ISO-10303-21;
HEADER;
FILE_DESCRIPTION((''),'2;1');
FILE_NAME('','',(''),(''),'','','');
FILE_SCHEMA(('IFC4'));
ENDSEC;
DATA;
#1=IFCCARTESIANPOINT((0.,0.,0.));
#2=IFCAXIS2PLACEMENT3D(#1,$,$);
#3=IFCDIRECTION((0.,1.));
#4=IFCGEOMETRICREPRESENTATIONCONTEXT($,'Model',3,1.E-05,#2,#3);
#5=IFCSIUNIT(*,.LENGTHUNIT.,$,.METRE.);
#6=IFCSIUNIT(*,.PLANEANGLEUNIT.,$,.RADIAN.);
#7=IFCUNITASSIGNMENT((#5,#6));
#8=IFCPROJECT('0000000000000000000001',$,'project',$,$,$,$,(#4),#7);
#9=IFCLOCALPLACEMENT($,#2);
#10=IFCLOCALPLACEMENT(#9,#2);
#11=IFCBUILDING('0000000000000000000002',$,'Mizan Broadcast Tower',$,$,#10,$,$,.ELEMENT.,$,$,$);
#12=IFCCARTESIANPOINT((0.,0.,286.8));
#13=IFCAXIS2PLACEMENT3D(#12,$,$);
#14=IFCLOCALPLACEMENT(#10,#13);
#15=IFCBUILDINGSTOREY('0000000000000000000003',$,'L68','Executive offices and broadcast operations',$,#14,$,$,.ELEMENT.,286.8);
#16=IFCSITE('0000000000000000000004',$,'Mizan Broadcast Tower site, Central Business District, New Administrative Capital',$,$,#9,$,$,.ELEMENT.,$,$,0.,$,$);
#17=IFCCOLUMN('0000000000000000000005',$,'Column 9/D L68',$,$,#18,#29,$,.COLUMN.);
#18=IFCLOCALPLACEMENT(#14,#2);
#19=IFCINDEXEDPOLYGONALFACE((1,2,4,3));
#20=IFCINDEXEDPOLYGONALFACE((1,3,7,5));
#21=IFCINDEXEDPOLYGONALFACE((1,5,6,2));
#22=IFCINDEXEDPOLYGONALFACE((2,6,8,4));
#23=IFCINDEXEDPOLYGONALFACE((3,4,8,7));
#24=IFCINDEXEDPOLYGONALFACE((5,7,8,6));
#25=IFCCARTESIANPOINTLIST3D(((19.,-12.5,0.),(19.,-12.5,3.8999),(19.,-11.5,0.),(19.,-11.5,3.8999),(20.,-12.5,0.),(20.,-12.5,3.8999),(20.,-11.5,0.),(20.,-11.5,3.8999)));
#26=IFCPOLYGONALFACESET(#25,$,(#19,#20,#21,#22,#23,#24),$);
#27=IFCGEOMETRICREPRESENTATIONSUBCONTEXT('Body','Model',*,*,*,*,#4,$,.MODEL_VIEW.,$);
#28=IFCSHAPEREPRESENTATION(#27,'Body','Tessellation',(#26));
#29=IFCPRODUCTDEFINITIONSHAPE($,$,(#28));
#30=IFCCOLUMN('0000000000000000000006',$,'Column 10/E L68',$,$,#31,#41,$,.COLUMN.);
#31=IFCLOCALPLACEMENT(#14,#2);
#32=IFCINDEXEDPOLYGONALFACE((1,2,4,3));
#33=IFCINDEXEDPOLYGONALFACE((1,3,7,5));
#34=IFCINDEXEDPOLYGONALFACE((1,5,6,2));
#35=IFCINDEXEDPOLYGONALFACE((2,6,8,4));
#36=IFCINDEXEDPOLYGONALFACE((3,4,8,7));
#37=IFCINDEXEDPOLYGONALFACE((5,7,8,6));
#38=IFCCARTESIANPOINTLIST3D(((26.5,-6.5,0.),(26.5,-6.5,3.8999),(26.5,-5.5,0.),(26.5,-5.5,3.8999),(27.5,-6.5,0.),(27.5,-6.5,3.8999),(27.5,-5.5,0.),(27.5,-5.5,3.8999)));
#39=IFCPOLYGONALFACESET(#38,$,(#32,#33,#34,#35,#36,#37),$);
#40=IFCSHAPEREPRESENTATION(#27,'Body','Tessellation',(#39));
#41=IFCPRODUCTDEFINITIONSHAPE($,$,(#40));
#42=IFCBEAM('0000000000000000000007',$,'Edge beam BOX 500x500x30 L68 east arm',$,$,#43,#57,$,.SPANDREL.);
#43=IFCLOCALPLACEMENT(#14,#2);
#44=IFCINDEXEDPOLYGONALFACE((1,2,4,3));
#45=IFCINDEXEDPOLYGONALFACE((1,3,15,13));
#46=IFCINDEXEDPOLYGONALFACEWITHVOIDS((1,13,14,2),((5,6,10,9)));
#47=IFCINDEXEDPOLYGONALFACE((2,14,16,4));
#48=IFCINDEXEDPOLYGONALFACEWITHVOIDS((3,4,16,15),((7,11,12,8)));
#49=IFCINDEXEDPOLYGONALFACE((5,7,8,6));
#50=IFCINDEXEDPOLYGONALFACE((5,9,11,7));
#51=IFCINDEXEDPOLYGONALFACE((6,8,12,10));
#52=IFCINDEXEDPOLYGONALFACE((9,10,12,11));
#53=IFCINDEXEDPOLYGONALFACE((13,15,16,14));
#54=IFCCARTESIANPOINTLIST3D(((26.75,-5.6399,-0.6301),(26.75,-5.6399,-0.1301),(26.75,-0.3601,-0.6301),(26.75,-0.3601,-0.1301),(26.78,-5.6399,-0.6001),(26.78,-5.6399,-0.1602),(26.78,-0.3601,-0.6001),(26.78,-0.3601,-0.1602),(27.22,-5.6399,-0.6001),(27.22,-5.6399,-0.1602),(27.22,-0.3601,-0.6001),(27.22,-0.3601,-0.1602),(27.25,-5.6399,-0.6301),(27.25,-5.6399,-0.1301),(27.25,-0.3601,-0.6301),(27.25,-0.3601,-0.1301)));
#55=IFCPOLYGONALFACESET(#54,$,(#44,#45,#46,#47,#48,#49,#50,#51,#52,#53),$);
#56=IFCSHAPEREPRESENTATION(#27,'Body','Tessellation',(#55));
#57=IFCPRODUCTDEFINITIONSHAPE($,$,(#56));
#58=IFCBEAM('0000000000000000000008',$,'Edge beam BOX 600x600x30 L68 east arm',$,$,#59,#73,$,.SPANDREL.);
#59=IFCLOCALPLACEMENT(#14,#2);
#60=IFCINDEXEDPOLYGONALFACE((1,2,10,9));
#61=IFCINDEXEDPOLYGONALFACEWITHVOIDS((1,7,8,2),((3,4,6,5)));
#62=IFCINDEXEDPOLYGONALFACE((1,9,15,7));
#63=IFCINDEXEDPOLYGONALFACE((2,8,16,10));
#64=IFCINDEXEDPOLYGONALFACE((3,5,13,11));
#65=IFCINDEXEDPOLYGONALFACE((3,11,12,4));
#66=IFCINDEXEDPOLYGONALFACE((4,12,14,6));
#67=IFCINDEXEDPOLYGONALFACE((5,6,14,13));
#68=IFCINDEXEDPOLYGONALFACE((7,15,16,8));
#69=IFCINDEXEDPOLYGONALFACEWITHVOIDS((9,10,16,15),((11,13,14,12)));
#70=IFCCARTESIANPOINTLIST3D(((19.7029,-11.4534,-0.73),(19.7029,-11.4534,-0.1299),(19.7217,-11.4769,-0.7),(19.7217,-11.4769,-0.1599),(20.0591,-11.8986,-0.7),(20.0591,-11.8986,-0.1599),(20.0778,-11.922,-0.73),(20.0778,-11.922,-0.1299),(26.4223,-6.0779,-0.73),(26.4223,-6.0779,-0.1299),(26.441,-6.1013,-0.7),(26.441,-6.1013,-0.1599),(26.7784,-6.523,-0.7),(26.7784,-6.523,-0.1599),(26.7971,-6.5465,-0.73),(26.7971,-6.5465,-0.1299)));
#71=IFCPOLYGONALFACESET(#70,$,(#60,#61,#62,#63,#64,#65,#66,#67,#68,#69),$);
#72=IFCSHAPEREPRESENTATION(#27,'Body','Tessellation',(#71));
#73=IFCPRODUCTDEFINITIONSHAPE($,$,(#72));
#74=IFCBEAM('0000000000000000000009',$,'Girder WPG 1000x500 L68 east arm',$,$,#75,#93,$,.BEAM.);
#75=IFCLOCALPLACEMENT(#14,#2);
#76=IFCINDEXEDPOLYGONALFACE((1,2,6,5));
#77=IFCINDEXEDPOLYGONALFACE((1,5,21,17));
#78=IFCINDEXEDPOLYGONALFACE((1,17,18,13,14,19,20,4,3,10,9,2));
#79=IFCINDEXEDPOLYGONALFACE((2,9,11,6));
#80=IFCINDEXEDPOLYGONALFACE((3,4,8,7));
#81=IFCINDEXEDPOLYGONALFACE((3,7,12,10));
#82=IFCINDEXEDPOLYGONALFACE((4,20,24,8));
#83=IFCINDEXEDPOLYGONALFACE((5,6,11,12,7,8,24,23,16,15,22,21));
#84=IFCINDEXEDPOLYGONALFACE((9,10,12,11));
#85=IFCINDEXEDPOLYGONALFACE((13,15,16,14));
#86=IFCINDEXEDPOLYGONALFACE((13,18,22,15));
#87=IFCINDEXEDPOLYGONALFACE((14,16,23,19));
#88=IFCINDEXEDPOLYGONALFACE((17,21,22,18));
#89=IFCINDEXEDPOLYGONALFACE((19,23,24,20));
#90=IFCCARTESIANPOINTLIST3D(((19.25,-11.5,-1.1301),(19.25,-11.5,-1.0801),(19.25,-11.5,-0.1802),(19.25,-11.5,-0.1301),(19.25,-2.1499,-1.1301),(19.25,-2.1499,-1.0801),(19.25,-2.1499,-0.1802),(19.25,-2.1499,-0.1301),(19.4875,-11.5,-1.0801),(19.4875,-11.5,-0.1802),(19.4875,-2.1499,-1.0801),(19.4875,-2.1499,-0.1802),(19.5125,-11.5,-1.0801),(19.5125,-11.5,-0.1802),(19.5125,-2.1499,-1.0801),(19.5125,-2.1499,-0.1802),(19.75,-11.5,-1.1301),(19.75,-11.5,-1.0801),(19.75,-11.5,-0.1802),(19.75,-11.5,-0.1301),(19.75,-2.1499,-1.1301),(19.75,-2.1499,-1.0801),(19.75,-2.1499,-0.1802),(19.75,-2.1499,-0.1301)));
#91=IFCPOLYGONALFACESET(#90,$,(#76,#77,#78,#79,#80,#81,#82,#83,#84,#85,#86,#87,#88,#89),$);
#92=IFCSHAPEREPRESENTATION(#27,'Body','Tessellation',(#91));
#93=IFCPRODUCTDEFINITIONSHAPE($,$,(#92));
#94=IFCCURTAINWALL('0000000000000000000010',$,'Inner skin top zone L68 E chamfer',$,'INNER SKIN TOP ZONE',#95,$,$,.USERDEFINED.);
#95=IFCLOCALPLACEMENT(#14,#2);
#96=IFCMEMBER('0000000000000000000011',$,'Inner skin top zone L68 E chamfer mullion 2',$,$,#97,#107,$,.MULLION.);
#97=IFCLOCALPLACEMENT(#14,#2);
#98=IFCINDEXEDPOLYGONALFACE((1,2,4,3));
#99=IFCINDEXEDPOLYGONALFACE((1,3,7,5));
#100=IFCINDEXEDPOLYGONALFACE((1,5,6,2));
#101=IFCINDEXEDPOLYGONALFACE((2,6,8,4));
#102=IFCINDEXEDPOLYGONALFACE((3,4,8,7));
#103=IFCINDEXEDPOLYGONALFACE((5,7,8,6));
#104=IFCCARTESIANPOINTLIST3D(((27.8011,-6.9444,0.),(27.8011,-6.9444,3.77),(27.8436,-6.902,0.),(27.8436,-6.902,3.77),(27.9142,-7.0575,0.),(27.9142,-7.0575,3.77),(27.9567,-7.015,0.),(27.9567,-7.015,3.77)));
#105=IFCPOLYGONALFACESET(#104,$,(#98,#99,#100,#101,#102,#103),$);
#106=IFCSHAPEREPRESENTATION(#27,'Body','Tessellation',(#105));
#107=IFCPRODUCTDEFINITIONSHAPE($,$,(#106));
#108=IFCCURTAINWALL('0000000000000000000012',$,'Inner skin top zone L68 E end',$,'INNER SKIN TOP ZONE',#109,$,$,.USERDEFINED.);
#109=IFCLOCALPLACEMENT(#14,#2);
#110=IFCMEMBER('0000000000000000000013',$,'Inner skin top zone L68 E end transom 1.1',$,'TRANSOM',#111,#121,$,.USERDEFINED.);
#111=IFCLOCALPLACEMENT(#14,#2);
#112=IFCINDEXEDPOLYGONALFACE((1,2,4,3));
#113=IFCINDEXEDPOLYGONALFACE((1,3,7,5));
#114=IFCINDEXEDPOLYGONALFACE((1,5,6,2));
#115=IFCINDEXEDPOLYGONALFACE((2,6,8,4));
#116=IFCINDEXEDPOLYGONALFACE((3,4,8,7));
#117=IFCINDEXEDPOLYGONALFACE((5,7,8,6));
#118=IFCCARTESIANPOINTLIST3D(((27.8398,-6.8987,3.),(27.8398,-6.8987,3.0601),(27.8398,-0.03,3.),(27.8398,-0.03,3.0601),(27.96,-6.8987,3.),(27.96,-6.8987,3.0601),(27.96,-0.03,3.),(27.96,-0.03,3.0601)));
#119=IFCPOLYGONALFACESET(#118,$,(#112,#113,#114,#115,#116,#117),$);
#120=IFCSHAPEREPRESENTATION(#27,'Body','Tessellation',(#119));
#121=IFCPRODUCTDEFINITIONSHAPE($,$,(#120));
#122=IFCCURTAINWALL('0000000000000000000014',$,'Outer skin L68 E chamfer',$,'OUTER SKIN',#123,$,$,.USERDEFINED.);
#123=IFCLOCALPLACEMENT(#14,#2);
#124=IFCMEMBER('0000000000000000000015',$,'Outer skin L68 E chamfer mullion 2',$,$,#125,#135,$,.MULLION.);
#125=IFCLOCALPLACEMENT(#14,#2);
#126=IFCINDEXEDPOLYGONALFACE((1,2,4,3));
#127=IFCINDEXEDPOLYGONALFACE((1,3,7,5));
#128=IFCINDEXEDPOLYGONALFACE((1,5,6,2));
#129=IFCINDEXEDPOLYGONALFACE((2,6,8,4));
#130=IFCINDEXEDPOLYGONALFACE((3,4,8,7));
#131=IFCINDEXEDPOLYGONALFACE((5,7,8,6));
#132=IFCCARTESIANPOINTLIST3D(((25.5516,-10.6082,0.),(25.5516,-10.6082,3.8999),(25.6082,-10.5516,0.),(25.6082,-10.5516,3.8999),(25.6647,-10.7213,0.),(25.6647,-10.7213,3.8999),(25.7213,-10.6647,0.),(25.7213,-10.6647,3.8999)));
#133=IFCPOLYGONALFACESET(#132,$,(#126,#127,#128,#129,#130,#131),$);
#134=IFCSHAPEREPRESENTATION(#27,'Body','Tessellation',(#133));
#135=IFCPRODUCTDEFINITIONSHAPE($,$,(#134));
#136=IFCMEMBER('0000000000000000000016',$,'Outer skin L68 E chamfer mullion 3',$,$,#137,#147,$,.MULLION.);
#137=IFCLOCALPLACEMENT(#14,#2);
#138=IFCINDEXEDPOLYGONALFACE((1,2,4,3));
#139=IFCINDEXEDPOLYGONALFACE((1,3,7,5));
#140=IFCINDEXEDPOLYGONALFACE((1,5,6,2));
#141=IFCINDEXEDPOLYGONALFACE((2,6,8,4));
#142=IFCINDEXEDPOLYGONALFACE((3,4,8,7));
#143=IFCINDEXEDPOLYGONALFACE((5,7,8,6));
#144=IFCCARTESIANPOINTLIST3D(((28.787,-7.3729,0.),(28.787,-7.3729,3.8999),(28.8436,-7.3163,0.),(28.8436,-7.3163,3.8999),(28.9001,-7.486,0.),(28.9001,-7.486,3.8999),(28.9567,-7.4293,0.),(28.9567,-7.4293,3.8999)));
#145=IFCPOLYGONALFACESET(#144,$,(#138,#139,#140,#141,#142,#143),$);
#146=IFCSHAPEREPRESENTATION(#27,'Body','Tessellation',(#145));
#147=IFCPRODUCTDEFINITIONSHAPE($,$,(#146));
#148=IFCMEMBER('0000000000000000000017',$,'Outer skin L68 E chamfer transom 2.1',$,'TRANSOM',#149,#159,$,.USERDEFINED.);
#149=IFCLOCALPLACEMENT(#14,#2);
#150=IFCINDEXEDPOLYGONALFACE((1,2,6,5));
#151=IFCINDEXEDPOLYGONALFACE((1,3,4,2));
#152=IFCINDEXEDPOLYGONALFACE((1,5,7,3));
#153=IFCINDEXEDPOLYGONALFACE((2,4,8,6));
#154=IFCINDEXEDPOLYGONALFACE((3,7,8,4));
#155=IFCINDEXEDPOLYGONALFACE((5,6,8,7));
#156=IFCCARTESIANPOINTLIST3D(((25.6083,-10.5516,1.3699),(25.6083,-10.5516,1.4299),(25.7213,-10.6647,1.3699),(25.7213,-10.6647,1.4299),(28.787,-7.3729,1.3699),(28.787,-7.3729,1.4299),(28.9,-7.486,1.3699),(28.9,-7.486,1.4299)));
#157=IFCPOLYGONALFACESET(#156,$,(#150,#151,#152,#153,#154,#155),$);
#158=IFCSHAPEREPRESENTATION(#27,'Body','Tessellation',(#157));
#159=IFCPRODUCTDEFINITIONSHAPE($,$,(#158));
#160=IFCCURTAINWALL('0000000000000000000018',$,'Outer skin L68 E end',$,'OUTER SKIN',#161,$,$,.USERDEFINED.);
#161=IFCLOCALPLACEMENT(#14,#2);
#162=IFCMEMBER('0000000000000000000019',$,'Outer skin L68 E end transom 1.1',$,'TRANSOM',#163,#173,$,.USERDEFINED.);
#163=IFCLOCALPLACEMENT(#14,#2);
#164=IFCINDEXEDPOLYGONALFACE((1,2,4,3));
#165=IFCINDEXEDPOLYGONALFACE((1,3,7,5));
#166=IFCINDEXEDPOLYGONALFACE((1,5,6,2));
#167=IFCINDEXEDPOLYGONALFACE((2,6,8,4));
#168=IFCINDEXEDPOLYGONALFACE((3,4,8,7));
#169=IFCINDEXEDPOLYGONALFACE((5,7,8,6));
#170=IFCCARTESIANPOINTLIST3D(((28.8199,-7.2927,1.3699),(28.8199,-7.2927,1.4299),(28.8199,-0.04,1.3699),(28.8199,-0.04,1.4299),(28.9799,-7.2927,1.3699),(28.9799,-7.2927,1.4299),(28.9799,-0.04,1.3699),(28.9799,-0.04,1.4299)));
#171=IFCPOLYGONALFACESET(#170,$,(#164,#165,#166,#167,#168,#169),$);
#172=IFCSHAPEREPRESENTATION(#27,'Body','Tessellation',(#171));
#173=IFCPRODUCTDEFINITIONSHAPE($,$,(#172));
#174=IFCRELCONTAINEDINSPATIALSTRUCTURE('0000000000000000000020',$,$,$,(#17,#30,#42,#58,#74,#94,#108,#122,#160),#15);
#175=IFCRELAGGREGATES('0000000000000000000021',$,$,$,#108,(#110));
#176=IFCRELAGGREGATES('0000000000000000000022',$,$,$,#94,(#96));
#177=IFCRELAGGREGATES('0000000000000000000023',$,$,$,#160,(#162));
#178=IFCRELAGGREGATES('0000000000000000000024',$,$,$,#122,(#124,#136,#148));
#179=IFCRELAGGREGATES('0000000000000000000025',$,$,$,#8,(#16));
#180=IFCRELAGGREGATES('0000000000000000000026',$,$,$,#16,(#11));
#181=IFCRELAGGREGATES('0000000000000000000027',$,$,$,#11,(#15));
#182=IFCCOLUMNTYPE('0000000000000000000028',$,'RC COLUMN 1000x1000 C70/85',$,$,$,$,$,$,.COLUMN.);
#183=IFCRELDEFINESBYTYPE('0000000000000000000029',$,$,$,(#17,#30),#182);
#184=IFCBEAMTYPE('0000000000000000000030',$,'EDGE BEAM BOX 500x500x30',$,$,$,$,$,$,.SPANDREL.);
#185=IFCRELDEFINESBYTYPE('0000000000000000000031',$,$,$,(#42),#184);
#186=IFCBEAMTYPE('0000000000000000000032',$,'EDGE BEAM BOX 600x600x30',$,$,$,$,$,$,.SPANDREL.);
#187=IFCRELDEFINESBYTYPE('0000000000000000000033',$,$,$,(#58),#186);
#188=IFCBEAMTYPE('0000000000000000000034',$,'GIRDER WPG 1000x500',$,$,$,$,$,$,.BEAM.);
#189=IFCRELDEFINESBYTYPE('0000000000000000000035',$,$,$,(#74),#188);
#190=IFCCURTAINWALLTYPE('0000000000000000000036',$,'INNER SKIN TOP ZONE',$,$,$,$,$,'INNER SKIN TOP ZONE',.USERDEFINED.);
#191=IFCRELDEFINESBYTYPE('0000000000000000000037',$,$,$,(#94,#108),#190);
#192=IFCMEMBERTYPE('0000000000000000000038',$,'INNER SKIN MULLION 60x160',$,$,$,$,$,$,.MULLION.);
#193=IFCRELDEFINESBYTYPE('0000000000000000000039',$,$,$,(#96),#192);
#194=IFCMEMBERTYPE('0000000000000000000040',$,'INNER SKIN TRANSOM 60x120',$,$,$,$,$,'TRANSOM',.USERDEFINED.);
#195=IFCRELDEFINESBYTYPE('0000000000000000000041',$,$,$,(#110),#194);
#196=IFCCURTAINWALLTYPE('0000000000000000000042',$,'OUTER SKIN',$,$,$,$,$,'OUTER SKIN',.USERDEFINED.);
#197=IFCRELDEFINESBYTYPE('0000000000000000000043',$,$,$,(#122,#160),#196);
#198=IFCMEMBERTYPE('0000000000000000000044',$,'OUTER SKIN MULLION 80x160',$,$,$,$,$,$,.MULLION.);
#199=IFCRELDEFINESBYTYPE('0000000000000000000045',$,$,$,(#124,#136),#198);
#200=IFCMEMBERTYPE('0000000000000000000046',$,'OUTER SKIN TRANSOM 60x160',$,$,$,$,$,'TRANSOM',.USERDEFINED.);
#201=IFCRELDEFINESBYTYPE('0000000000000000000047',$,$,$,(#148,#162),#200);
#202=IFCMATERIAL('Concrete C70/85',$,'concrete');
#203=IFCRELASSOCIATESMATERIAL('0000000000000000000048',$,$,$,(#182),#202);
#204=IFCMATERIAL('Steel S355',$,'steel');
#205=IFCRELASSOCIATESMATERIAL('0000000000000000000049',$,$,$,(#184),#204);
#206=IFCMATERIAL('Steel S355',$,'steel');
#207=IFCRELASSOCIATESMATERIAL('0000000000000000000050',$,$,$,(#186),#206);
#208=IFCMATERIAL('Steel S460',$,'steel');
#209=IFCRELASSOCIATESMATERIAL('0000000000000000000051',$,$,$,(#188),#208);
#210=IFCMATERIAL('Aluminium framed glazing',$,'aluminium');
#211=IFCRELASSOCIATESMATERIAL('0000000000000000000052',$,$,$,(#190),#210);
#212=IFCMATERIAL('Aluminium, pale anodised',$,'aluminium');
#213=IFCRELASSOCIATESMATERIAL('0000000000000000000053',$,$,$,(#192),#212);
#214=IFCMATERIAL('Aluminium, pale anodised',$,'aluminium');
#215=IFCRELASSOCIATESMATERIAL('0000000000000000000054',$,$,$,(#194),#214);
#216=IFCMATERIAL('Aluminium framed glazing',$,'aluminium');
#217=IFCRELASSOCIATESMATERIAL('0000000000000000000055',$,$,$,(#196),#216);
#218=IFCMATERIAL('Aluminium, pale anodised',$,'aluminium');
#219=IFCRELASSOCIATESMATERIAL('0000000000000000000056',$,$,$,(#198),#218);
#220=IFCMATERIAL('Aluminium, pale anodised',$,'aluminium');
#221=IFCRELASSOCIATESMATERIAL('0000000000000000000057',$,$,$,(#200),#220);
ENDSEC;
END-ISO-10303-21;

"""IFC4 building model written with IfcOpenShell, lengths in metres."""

from ifc_helpers import new_model, si_unit, direction, frame, origin, origin_2d, place, context, subcontext, project, spatial, rectangle, hollow_rectangle, i_section, extrude, material, material_profile, profile_set, type_object, element, aggregate, save


model = new_model("IFC4")

# Units and contexts
model_context = context("Model", 3, precision=1e-05, world=origin(), true_north=direction((0.0, 1.0)))
body_context = subcontext(model_context, "Body", "Model", "MODEL_VIEW")
ifc_project = project(units=[si_unit("LENGTHUNIT", "METRE"), si_unit("PLANEANGLEUNIT", "RADIAN")], contexts=[model_context])

# Site, building, storey
site_placement = place(None, origin())
site = spatial("IfcSite", under=ifc_project, at=site_placement, Name="Mizan Broadcast Tower site, Central Business District, New Administrative Capital", CompositionType="ELEMENT", RefElevation=0.0)
building_placement = place(site_placement, origin())
building = spatial("IfcBuilding", under=site, at=building_placement, Name="Mizan Broadcast Tower", CompositionType="ELEMENT")
storey_placement = place(building_placement, frame((0.0, 0.0, 286.8)))
storey = spatial("IfcBuildingStorey", under=building, at=storey_placement, Name="L68", Description="Executive offices and broadcast operations", CompositionType="ELEMENT", Elevation=286.8)

# Columns
ifc_material_1 = material(Name="Concrete C70/85", Category="concrete")
ifc_material_profile_1 = material_profile(ifc_material_1, rectangle(XDim=1.0, YDim=1.0, at=origin_2d()), Name="RC 1000x1000")
ifc_profile_set_1 = profile_set([ifc_material_profile_1], Name="Concrete C70/85")
column_type = type_object("IfcColumnType", Name="RC COLUMN 1000x1000 C70/85", PredefinedType="COLUMN", material=ifc_profile_set_1)
for number, where, z_axis, x_axis, name in (
    (1, (19.5, -12.0, 0.0), (0.0, 0.0, 1.0), (1.0, 0.0, 0.0), "Column 9/D L68"),
    (2, (27.0, -6.0, 0.0), (0.0, 0.0, 1.0), (1.0, 0.0, 0.0), "Column 10/E L68"),
):
    element("IfcColumn", number, at=place(storey_placement, frame(where, z_axis=z_axis, x_axis=x_axis)), inside=storey, type_object=column_type, Name=name, PredefinedType="COLUMN", context=body_context, shape_type="SweptSolid", body=[
        extrude(rectangle(XDim=1.0, YDim=1.0, at=origin_2d()), origin(), (0.0, 0.0, 1.0), 3.8999),
    ])

# Beams
ifc_material_2 = material(Name="Steel S355", Category="steel")
ifc_material_profile_2 = material_profile(ifc_material_2, hollow_rectangle(XDim=0.5, YDim=0.5, WallThickness=0.03, at=origin_2d()), Name="BOX 500x500x30")
ifc_profile_set_2 = profile_set([ifc_material_profile_2], Name="Steel S355")
beam_type_1 = type_object("IfcBeamType", Name="EDGE BEAM BOX 500x500x30", PredefinedType="SPANDREL", material=ifc_profile_set_2)
beam_1_placement = place(storey_placement, frame((27.0, -5.6399, -0.3801), z_axis=(0.0, 1.0, 0.0), x_axis=(-1.0, 0.0, 0.0)))
element("IfcBeam", 3, at=beam_1_placement, inside=storey, type_object=beam_type_1, Name="Edge beam BOX 500x500x30 L68 east arm", PredefinedType="SPANDREL", context=body_context, shape_type="SweptSolid", body=[
    extrude(hollow_rectangle(XDim=0.5, YDim=0.5, WallThickness=0.03, at=origin_2d()), origin(), (0.0, 0.0, 1.0), 5.2798),
])
ifc_material_3 = material(Name="Steel S355", Category="steel")
ifc_material_profile_3 = material_profile(ifc_material_3, hollow_rectangle(XDim=0.6001, YDim=0.6001, WallThickness=0.03, at=origin_2d()), Name="BOX 600x600x30")
ifc_profile_set_3 = profile_set([ifc_material_profile_3], Name="Steel S355")
beam_type_2 = type_object("IfcBeamType", Name="EDGE BEAM BOX 600x600x30", PredefinedType="SPANDREL", material=ifc_profile_set_3)
beam_2_placement = place(storey_placement, frame((19.8904, -11.6877, -0.4299), z_axis=(0.780863, 0.624702, 0.0), x_axis=(-0.624702, 0.780863, 0.0)))
element("IfcBeam", 4, at=beam_2_placement, inside=storey, type_object=beam_type_2, Name="Edge beam BOX 600x600x30 L68 east arm", PredefinedType="SPANDREL", context=body_context, shape_type="SweptSolid", body=[
    extrude(hollow_rectangle(XDim=0.6001, YDim=0.6001, WallThickness=0.03, at=origin_2d()), origin(), (0.0, 0.0, 1.0), 8.605),
])
ifc_material_4 = material(Name="Steel S460", Category="steel")
ifc_material_profile_4 = material_profile(ifc_material_4, i_section(OverallWidth=0.5, OverallDepth=1.0, WebThickness=0.0249, FlangeThickness=0.05, at=origin_2d()), Name="WPG 1000x500")
ifc_profile_set_4 = profile_set([ifc_material_profile_4], Name="Steel S460")
beam_type_3 = type_object("IfcBeamType", Name="GIRDER WPG 1000x500", PredefinedType="BEAM", material=ifc_profile_set_4)
beam_3_placement = place(storey_placement, frame((19.5, -11.5, -0.6301), z_axis=(0.0, 1.0, 0.0), x_axis=(-1.0, 0.0, 0.0)))
element("IfcBeam", 5, at=beam_3_placement, inside=storey, type_object=beam_type_3, Name="Girder WPG 1000x500 L68 east arm", PredefinedType="BEAM", context=body_context, shape_type="SweptSolid", body=[
    extrude(i_section(OverallWidth=0.5, OverallDepth=1.0, WebThickness=0.0249, FlangeThickness=0.05, at=origin_2d()), origin(), (0.0, 0.0, 1.0), 9.3501),
])

# Curtain walls, members
ifc_material_5 = material(Name="Aluminium framed glazing", Category="aluminium")
curtain_wall_type_1 = type_object("IfcCurtainWallType", Name="INNER SKIN TOP ZONE", ElementType="INNER SKIN TOP ZONE", PredefinedType="USERDEFINED", material=ifc_material_5)
curtain_wall_1_placement = place(storey_placement, origin())
curtain_wall_1 = element("IfcCurtainWall", 6, at=curtain_wall_1_placement, inside=storey, type_object=curtain_wall_type_1, Name="Inner skin top zone L68 E chamfer", ObjectType="INNER SKIN TOP ZONE", PredefinedType="USERDEFINED")
ifc_material_6 = material(Name="Aluminium, pale anodised", Category="aluminium")
ifc_material_profile_5 = material_profile(ifc_material_6, rectangle(XDim=0.1599, YDim=0.0601, at=origin_2d()), Name="MULLION 160x60")
ifc_profile_set_5 = profile_set([ifc_material_profile_5], Name="Aluminium, pale anodised")
member_type_1 = type_object("IfcMemberType", Name="INNER SKIN MULLION 60x160", PredefinedType="MULLION", material=ifc_profile_set_5)
member_1_placement = place(storey_placement, frame((27.8789, -6.9797, 0.0), z_axis=(0.0, 0.0, 1.0), x_axis=(-0.707107, 0.707107, 0.0)))
member_1 = element("IfcMember", 7, at=member_1_placement, type_object=member_type_1, Name="Inner skin top zone L68 E chamfer mullion 2", PredefinedType="MULLION", context=body_context, shape_type="SweptSolid", body=[
    extrude(rectangle(XDim=0.1599, YDim=0.0601, at=origin_2d()), origin(), (0.0, 0.0, 1.0), 3.77),
])
curtain_wall_2_placement = place(storey_placement, origin())
curtain_wall_2 = element("IfcCurtainWall", 8, at=curtain_wall_2_placement, inside=storey, type_object=curtain_wall_type_1, Name="Inner skin top zone L68 E end", ObjectType="INNER SKIN TOP ZONE", PredefinedType="USERDEFINED")
ifc_material_7 = material(Name="Aluminium, pale anodised", Category="aluminium")
ifc_material_profile_6 = material_profile(ifc_material_7, rectangle(XDim=0.1201, YDim=0.0601, at=origin_2d()), Name="TRANSOM 120x60")
ifc_profile_set_6 = profile_set([ifc_material_profile_6], Name="Aluminium, pale anodised")
member_type_2 = type_object("IfcMemberType", Name="INNER SKIN TRANSOM 60x120", ElementType="TRANSOM", PredefinedType="USERDEFINED", material=ifc_profile_set_6)
member_2_placement = place(storey_placement, frame((27.8999, -6.8987, 3.03), z_axis=(0.0, 1.0, 0.0), x_axis=(-1.0, 0.0, 0.0)))
member_2 = element("IfcMember", 9, at=member_2_placement, type_object=member_type_2, Name="Inner skin top zone L68 E end transom 1.1", ObjectType="TRANSOM", PredefinedType="USERDEFINED", context=body_context, shape_type="SweptSolid", body=[
    extrude(rectangle(XDim=0.1201, YDim=0.0601, at=origin_2d()), origin(), (0.0, 0.0, 1.0), 6.8687),
])
aggregate(curtain_wall_2, [member_2])

# Curtain wall, members
ifc_material_8 = material(Name="Aluminium framed glazing", Category="aluminium")
curtain_wall_type_2 = type_object("IfcCurtainWallType", Name="OUTER SKIN", ElementType="OUTER SKIN", PredefinedType="USERDEFINED", material=ifc_material_8)
curtain_wall_3_placement = place(storey_placement, origin())
curtain_wall_3 = element("IfcCurtainWall", 10, at=curtain_wall_3_placement, inside=storey, type_object=curtain_wall_type_2, Name="Outer skin L68 E chamfer", ObjectType="OUTER SKIN", PredefinedType="USERDEFINED")
ifc_material_9 = material(Name="Aluminium, pale anodised", Category="aluminium")
ifc_material_profile_7 = material_profile(ifc_material_9, rectangle(XDim=0.1599, YDim=0.0801, at=origin_2d()), Name="MULLION 160x80")
ifc_profile_set_7 = profile_set([ifc_material_profile_7], Name="Aluminium, pale anodised")
member_type_3 = type_object("IfcMemberType", Name="OUTER SKIN MULLION 80x160", PredefinedType="MULLION", material=ifc_profile_set_7)
member_3_placement = place(storey_placement, frame((25.6365, -10.6365, 0.0), z_axis=(0.0, 0.0, 1.0), x_axis=(-0.707107, 0.707107, 0.0)))
member_3 = element("IfcMember", 11, at=member_3_placement, type_object=member_type_3, Name="Outer skin L68 E chamfer mullion 2", PredefinedType="MULLION", context=body_context, shape_type="SweptSolid", body=[
    extrude(rectangle(XDim=0.1599, YDim=0.0801, at=origin_2d()), origin(), (0.0, 0.0, 1.0), 3.8999),
])
member_4_placement = place(storey_placement, frame((28.8718, -7.4011, 0.0), z_axis=(0.0, 0.0, 1.0), x_axis=(-0.707107, 0.707107, 0.0)))
member_4 = element("IfcMember", 12, at=member_4_placement, type_object=member_type_3, Name="Outer skin L68 E chamfer mullion 3", PredefinedType="MULLION", context=body_context, shape_type="SweptSolid", body=[
    extrude(rectangle(XDim=0.1599, YDim=0.0801, at=origin_2d()), origin(), (0.0, 0.0, 1.0), 3.8999),
])
ifc_material_10 = material(Name="Aluminium, pale anodised", Category="aluminium")
ifc_material_profile_8 = material_profile(ifc_material_10, rectangle(XDim=0.1599, YDim=0.0601, at=origin_2d()), Name="TRANSOM 160x60")
ifc_profile_set_8 = profile_set([ifc_material_profile_8], Name="Aluminium, pale anodised")
member_type_4 = type_object("IfcMemberType", Name="OUTER SKIN TRANSOM 60x160", ElementType="TRANSOM", PredefinedType="USERDEFINED", material=ifc_profile_set_8)
member_5_placement = place(storey_placement, frame((25.6648, -10.6082, 1.3999), z_axis=(0.707107, 0.707107, 0.0), x_axis=(-0.707107, 0.707107, 0.0)))
member_5 = element("IfcMember", 13, at=member_5_placement, type_object=member_type_4, Name="Outer skin L68 E chamfer transom 2.1", ObjectType="TRANSOM", PredefinedType="USERDEFINED", context=body_context, shape_type="SweptSolid", body=[
    extrude(rectangle(XDim=0.1599, YDim=0.0601, at=origin_2d()), origin(), (0.0, 0.0, 1.0), 4.4954),
])

# Curtain wall, member
curtain_wall_4_placement = place(storey_placement, origin())
curtain_wall_4 = element("IfcCurtainWall", 14, at=curtain_wall_4_placement, inside=storey, type_object=curtain_wall_type_2, Name="Outer skin L68 E end", ObjectType="OUTER SKIN", PredefinedType="USERDEFINED")
member_6_placement = place(storey_placement, frame((28.8999, -7.2927, 1.3999), z_axis=(0.0, 1.0, 0.0), x_axis=(-1.0, 0.0, 0.0)))
member_6 = element("IfcMember", 15, at=member_6_placement, type_object=member_type_4, Name="Outer skin L68 E end transom 1.1", ObjectType="TRANSOM", PredefinedType="USERDEFINED", context=body_context, shape_type="SweptSolid", body=[
    extrude(rectangle(XDim=0.1599, YDim=0.0601, at=origin_2d()), origin(), (0.0, 0.0, 1.0), 7.2527),
])

aggregate(curtain_wall_1, [member_1])
aggregate(curtain_wall_4, [member_6])
aggregate(curtain_wall_3, [member_3, member_4, member_5])

save(model, "model.ifc")
